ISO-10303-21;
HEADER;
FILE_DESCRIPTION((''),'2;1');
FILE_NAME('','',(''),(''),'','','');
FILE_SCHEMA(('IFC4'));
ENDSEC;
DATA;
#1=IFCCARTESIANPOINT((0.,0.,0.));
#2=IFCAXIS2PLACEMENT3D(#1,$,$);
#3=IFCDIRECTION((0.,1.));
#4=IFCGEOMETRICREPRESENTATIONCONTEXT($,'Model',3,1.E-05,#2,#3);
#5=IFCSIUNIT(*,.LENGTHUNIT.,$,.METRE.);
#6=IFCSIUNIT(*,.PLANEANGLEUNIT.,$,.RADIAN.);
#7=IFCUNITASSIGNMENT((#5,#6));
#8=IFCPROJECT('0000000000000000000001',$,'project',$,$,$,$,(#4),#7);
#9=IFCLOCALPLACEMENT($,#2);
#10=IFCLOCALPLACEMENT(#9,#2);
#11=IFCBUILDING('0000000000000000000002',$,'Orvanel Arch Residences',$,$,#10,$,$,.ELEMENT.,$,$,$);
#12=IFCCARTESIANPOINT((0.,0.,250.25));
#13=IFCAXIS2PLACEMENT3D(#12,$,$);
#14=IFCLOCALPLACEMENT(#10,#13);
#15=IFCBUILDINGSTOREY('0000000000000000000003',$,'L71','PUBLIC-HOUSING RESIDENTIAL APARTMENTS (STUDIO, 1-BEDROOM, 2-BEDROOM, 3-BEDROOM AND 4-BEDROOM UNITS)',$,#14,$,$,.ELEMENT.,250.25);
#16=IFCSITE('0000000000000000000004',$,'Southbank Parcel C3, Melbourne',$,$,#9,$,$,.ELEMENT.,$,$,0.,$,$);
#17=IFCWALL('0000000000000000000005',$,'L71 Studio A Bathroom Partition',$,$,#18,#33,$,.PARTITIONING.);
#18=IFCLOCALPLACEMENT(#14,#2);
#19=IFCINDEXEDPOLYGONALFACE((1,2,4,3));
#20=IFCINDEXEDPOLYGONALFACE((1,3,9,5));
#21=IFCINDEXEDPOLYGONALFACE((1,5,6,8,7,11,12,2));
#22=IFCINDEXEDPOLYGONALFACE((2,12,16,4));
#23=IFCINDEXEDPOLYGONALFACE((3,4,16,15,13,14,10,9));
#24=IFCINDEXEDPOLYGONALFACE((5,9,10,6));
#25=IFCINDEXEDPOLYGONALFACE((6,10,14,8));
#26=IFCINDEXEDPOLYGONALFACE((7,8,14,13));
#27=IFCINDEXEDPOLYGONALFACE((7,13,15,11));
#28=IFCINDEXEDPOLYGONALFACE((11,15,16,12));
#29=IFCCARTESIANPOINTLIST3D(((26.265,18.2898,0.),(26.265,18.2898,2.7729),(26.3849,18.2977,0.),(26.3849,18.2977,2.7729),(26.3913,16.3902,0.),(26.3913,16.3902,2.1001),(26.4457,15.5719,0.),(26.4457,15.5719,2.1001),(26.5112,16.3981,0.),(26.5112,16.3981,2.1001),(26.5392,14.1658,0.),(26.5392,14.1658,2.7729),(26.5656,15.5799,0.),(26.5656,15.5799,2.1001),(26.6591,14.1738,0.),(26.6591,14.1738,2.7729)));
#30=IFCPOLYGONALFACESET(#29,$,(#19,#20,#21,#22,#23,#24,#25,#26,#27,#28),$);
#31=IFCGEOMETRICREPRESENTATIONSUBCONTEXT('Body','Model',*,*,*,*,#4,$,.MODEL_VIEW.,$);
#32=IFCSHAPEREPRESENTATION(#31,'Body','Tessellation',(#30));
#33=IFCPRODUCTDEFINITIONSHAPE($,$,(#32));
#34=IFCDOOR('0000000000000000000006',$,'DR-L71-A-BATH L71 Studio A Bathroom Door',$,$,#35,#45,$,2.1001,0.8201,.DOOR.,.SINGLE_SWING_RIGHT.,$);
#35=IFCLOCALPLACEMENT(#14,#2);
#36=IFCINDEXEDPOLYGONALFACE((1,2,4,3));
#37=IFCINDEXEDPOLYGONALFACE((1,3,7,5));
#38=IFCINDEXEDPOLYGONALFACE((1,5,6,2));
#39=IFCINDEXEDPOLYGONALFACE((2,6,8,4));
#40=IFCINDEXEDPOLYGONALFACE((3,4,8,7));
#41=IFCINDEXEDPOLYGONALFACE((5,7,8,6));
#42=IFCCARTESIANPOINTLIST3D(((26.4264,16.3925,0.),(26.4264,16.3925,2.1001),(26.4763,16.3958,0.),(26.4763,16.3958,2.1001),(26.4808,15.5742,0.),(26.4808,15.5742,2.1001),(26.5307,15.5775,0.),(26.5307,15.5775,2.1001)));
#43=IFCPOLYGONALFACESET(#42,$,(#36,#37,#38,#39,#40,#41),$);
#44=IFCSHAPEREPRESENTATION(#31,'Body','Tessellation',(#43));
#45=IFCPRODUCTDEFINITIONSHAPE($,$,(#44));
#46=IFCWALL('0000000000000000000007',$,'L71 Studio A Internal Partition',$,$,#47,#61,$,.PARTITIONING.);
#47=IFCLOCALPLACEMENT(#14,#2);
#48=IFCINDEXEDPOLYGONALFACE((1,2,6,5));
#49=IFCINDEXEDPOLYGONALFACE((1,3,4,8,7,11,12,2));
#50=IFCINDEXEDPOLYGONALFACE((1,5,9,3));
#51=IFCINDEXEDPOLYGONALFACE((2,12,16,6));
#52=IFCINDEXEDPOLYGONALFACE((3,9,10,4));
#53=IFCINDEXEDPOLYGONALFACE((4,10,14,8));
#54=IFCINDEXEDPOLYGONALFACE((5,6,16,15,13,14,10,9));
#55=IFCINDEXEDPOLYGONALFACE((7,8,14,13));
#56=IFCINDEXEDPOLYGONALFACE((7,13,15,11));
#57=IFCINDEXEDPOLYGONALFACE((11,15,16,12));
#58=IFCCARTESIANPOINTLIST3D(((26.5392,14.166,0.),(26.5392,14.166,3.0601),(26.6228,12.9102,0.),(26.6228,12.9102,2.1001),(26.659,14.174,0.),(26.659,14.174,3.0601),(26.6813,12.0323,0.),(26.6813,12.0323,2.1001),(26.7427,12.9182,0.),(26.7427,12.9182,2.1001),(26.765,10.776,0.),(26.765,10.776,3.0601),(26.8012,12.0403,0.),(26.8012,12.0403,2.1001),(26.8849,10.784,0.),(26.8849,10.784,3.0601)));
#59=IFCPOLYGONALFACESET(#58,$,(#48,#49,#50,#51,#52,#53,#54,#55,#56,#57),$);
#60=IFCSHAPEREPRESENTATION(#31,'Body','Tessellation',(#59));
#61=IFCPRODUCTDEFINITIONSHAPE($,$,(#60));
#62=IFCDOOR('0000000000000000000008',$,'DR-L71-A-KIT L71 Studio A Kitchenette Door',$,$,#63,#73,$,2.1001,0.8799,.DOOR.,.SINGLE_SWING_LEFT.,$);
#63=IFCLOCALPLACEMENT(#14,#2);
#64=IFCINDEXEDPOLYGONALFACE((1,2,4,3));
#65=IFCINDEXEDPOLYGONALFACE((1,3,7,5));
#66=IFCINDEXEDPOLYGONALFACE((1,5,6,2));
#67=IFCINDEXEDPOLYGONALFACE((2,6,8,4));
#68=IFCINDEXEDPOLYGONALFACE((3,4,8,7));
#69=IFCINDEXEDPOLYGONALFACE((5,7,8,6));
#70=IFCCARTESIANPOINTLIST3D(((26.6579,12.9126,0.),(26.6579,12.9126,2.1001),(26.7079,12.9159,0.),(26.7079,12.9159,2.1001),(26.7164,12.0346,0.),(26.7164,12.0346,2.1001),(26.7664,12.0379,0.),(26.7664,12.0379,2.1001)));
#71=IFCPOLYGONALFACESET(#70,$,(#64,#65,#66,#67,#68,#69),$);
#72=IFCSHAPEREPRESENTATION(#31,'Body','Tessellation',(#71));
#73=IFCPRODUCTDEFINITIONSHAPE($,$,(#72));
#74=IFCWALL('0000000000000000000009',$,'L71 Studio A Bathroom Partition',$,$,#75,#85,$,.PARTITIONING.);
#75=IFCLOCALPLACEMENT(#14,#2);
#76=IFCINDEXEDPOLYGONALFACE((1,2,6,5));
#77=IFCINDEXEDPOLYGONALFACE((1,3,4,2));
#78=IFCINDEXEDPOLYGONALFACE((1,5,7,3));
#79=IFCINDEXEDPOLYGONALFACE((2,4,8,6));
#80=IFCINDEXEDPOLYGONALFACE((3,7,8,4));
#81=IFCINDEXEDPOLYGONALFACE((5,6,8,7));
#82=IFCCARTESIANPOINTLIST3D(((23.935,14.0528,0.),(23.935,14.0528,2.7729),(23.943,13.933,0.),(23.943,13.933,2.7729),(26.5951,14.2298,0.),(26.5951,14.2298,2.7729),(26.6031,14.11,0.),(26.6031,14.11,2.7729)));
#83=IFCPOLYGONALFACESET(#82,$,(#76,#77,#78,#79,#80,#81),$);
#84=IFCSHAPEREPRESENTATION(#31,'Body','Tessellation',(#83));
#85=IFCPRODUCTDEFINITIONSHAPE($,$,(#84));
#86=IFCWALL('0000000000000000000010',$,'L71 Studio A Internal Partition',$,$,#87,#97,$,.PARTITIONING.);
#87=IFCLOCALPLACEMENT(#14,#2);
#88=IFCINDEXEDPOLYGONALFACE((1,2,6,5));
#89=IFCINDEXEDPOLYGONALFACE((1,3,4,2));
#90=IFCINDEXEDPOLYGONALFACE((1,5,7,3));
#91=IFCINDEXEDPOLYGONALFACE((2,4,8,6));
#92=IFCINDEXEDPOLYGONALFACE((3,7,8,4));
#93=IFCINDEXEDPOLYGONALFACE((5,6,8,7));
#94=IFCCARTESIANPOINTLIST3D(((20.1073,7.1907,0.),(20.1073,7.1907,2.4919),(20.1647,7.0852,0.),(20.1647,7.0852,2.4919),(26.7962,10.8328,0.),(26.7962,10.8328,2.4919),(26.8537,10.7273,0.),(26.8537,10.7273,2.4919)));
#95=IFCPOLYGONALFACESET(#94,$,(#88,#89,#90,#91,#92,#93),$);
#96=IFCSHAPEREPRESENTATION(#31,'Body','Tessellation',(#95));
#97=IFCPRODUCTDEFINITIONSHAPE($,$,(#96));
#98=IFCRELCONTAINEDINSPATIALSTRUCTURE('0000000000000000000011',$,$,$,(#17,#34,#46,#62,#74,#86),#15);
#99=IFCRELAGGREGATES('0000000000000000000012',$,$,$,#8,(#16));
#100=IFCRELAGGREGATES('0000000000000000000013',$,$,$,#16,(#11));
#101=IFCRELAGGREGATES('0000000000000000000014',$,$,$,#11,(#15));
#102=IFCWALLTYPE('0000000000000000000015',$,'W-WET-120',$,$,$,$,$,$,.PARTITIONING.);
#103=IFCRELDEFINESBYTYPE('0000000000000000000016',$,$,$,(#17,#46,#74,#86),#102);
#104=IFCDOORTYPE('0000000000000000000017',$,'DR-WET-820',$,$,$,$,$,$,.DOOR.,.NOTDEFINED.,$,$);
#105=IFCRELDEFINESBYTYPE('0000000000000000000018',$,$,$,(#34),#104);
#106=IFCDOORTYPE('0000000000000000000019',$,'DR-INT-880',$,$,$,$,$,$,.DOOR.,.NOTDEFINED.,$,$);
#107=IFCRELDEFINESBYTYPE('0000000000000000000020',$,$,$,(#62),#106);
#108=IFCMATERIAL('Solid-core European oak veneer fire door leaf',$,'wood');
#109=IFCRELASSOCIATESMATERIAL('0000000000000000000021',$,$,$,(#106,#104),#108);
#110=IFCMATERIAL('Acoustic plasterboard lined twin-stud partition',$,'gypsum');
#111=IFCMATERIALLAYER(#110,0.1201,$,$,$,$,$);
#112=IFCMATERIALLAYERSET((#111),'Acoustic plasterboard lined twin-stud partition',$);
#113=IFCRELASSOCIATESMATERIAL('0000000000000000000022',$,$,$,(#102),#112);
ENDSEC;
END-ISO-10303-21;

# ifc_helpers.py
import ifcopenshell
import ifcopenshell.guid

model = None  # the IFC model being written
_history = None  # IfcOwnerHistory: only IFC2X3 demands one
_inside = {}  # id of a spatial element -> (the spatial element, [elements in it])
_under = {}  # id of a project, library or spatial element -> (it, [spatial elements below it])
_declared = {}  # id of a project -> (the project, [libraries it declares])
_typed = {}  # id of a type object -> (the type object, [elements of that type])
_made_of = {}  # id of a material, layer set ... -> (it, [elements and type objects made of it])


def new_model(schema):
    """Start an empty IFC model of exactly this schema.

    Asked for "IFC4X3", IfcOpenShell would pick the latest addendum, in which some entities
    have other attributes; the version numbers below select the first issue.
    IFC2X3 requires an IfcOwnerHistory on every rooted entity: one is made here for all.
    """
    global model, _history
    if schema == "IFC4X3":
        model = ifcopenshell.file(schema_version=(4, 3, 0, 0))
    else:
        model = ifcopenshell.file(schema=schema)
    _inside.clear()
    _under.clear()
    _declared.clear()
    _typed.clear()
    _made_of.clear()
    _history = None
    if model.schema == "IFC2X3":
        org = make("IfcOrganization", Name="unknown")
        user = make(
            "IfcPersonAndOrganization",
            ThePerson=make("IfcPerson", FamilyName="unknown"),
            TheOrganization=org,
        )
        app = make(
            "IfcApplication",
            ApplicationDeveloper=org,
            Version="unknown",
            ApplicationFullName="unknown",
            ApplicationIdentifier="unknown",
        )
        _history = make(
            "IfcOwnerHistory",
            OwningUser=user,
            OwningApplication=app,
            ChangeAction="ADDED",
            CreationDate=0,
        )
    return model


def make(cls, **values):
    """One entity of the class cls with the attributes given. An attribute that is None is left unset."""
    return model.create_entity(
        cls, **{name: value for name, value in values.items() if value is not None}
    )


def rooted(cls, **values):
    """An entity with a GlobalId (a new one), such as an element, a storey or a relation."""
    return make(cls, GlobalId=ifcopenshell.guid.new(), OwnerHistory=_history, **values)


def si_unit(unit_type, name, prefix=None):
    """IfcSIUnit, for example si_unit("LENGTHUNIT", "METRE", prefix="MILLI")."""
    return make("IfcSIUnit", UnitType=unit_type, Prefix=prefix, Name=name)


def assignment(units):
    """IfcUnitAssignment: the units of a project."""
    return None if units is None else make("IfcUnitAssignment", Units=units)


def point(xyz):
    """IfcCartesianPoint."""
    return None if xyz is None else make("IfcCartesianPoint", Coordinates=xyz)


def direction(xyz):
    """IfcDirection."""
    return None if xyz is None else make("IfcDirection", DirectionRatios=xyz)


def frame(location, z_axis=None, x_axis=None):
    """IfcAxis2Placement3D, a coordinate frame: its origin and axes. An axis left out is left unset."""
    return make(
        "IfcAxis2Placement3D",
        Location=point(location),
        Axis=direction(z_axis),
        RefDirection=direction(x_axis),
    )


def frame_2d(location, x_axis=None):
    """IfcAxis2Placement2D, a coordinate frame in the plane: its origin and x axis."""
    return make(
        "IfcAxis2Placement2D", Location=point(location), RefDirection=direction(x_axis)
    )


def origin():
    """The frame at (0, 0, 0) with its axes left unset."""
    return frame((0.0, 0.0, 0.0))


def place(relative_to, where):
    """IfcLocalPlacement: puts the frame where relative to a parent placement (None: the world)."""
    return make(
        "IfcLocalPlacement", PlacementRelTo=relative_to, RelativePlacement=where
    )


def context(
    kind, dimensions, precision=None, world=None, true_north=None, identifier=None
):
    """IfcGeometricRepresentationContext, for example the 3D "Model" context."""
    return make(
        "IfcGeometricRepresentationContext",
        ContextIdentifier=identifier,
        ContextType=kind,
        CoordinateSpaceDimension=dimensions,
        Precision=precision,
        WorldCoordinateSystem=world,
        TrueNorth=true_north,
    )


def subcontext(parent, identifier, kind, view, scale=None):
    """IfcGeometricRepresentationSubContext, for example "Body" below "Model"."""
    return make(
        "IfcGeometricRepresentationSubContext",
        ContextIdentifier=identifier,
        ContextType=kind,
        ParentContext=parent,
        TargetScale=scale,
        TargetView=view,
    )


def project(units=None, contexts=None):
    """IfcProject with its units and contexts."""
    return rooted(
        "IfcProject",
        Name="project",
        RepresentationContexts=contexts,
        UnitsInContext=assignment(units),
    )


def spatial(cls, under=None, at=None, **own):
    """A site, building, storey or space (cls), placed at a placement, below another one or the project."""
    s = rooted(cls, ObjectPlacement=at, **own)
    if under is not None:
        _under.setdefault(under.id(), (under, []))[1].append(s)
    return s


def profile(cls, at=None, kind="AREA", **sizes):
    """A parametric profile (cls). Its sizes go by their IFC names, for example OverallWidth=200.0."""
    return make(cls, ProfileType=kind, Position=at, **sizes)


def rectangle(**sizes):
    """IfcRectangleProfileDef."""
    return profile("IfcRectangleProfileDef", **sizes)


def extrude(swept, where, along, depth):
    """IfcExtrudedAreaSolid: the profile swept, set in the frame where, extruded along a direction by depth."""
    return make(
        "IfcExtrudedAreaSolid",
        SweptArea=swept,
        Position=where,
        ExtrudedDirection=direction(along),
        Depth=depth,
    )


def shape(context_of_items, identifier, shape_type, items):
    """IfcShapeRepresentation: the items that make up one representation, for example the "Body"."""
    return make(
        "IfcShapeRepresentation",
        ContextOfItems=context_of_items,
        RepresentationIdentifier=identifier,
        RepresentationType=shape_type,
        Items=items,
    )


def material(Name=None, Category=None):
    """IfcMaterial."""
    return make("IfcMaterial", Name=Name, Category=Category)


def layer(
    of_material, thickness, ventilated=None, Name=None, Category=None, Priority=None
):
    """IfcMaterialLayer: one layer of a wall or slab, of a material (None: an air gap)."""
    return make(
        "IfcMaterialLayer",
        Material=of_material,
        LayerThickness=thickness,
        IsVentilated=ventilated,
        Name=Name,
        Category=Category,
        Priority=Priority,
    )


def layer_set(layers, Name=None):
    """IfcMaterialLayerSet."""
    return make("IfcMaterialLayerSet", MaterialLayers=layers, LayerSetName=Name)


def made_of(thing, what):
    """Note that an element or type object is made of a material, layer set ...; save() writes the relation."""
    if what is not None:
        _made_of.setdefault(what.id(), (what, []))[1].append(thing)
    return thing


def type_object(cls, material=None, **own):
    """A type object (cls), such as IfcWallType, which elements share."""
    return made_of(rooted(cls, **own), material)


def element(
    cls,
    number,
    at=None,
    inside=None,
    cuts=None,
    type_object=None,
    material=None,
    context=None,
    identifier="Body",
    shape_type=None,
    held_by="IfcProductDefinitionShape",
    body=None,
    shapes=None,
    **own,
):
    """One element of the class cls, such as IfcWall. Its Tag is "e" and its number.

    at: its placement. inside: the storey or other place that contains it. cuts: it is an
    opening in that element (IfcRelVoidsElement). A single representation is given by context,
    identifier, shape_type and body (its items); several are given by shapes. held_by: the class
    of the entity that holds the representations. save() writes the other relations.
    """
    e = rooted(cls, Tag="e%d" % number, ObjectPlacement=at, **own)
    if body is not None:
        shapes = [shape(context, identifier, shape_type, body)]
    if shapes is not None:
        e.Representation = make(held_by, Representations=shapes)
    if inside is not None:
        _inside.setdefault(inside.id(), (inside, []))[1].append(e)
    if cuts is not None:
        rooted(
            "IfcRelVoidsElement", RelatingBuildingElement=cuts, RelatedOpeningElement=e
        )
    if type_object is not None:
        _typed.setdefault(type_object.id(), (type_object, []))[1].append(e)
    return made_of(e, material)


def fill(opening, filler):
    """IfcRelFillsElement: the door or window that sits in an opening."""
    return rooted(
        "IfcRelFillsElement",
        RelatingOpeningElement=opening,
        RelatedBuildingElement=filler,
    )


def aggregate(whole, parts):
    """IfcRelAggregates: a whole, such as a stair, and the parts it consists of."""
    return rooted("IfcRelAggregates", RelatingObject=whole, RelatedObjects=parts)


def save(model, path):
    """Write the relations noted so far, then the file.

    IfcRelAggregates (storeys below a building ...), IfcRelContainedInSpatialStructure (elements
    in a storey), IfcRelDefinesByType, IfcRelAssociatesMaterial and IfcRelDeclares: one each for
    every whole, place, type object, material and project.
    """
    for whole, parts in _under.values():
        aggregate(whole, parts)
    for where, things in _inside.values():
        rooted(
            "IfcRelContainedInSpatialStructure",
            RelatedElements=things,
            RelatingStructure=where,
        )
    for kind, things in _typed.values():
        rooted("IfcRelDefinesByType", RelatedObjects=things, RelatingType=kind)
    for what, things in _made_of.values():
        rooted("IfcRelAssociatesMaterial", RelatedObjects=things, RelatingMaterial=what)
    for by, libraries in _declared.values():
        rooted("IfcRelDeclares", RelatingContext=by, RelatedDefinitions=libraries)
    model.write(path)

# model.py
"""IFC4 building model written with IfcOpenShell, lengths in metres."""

from ifc_helpers import new_model, si_unit, direction, frame, frame_2d, origin, place, context, subcontext, project, spatial, rectangle, extrude, material, layer, layer_set, type_object, element, fill, save


model = new_model("IFC4")

# Units and contexts
model_context = context("Model", 3, precision=1e-05, world=origin(), true_north=direction((0.0, 1.0)))
body_context = subcontext(model_context, "Body", "Model", "MODEL_VIEW")
ifc_project = project(units=[si_unit("LENGTHUNIT", "METRE"), si_unit("PLANEANGLEUNIT", "RADIAN")], contexts=[model_context])

# Site, building, storey
site_placement = place(None, origin())
site = spatial("IfcSite", under=ifc_project, at=site_placement, Name="Southbank Parcel C3, Melbourne", CompositionType="ELEMENT", RefElevation=0.0)
building_placement = place(site_placement, origin())
building = spatial("IfcBuilding", under=site, at=building_placement, Name="Orvanel Arch Residences", CompositionType="ELEMENT")
storey_placement = place(building_placement, frame((0.0, 0.0, 250.25)))
storey = spatial("IfcBuildingStorey", under=building, at=storey_placement, Name="L71", Description="PUBLIC-HOUSING RESIDENTIAL APARTMENTS (STUDIO, 1-BEDROOM, 2-BEDROOM, 3-BEDROOM AND 4-BEDROOM UNITS)", CompositionType="ELEMENT", Elevation=250.25)

# Shared definitions
ifc_material_1 = material(Name="Acoustic plasterboard lined twin-stud partition", Category="gypsum")
ifc_material_2 = material(Name="Solid-core European oak veneer fire door leaf", Category="wood")
door_type_1 = type_object("IfcDoorType", Name="DR-INT-880", OperationType="NOTDEFINED", PredefinedType="DOOR", material=ifc_material_2)

# Walls, openings, doors
ifc_layer_1 = layer(ifc_material_1, 0.1201)
ifc_layer_set_1 = layer_set([ifc_layer_1], Name="Acoustic plasterboard lined twin-stud partition")
wall_type_1 = type_object("IfcWallType", Name="W-WET-120", PredefinedType="PARTITIONING", material=ifc_layer_set_1)
wall_1_placement = place(storey_placement, frame((26.5991, 14.1699, 0.0), z_axis=(0.0, 0.0, 1.0), x_axis=(-0.066335, 0.997797, 0.0)))
wall_1 = element("IfcWall", 1, at=wall_1_placement, inside=storey, type_object=wall_type_1, Name="L71 Studio A Bathroom Partition", PredefinedType="PARTITIONING", context=body_context, shape_type="SweptSolid", body=[
    extrude(rectangle(XDim=4.1331, YDim=0.1201, at=frame_2d((2.0664, 0.0))), origin(), (0.0, 0.0, 1.0), 2.7729),
])
opening_1_placement = place(wall_1_placement, frame((1.4089, 0.0, 0.0)))
opening_1 = element("IfcOpeningElement", 2, at=opening_1_placement, cuts=wall_1, PredefinedType="OPENING", context=body_context, shape_type="SweptSolid", body=[
    extrude(rectangle(XDim=0.8201, YDim=2.1001, at=frame_2d((0.4102, 1.05))), frame((0.0, 0.0701, 0.0), z_axis=(0.0, -1.0, 0.0), x_axis=(1.0, 0.0, 0.0)), (0.0, 0.0, 1.0), 0.1401),
])
door_type_2 = type_object("IfcDoorType", Name="DR-WET-820", OperationType="NOTDEFINED", PredefinedType="DOOR", material=ifc_material_2)
door_1_placement = place(opening_1_placement, origin())
door_1 = element("IfcDoor", 3, at=door_1_placement, inside=storey, type_object=door_type_2, Name="DR-L71-A-BATH L71 Studio A Bathroom Door", OperationType="SINGLE_SWING_RIGHT", OverallHeight=2.1001, OverallWidth=0.8201, PredefinedType="DOOR", context=body_context, shape_type="SweptSolid", body=[
    extrude(rectangle(XDim=0.8201, YDim=2.1001, at=frame_2d((0.4102, 1.05))), frame((0.0, 0.0249, 0.0), z_axis=(0.0, -1.0, 0.0), x_axis=(1.0, 0.0, 0.0)), (0.0, 0.0, 1.0), 0.05),
])
fill(opening_1, door_1)
wall_2_placement = place(storey_placement, frame((26.825, 10.78, 0.0), z_axis=(0.0, 0.0, 1.0), x_axis=(-0.066471, 0.997788, 0.0)))
wall_2 = element("IfcWall", 4, at=wall_2_placement, inside=storey, type_object=wall_type_1, Name="L71 Studio A Internal Partition", PredefinedType="PARTITIONING", context=body_context, shape_type="SweptSolid", body=[
    extrude(rectangle(XDim=3.3975, YDim=0.1201, at=frame_2d((1.6987, 0.0))), origin(), (0.0, 0.0, 1.0), 3.0601),
])
opening_2_placement = place(wall_2_placement, frame((1.259, 0.0, 0.0)))
opening_2 = element("IfcOpeningElement", 5, at=opening_2_placement, cuts=wall_2, PredefinedType="OPENING", context=body_context, shape_type="SweptSolid", body=[
    extrude(rectangle(XDim=0.8799, YDim=2.1001, at=frame_2d((0.4399, 1.05))), frame((0.0, 0.0701, 0.0), z_axis=(0.0, -1.0, 0.0), x_axis=(1.0, 0.0, 0.0)), (0.0, 0.0, 1.0), 0.1401),
])
door_2_placement = place(opening_2_placement, origin())
door_2 = element("IfcDoor", 6, at=door_2_placement, inside=storey, type_object=door_type_1, Name="DR-L71-A-KIT L71 Studio A Kitchenette Door", OperationType="SINGLE_SWING_LEFT", OverallHeight=2.1001, OverallWidth=0.8799, PredefinedType="DOOR", context=body_context, shape_type="SweptSolid", body=[
    extrude(rectangle(XDim=0.8799, YDim=2.1001, at=frame_2d((0.4399, 1.05))), frame((0.0, 0.0249, 0.0), z_axis=(0.0, -1.0, 0.0), x_axis=(1.0, 0.0, 0.0)), (0.0, 0.0, 1.0), 0.05),
])
fill(opening_2, door_2)

# Walls
wall_3_placement = place(storey_placement, frame((26.5991, 14.1699, 0.0), z_axis=(0.0, 0.0, 1.0), x_axis=(-0.997794, -0.066391, 0.0)))
element("IfcWall", 7, at=wall_3_placement, inside=storey, type_object=wall_type_1, Name="L71 Studio A Bathroom Partition", PredefinedType="PARTITIONING", context=body_context, shape_type="SweptSolid", body=[
    extrude(rectangle(XDim=2.666, YDim=0.1201, at=frame_2d((1.333, 0.0))), origin(), (0.0, 0.0, 1.0), 2.7729),
])
wall_4_placement = place(storey_placement, frame((26.825, 10.78, 0.0), z_axis=(0.0, 0.0, 1.0), x_axis=(-0.878251, -0.478201, 0.0)))
element("IfcWall", 8, at=wall_4_placement, inside=storey, type_object=wall_type_1, Name="L71 Studio A Internal Partition", PredefinedType="PARTITIONING", context=body_context, shape_type="SweptSolid", body=[
    extrude(rectangle(XDim=7.6162, YDim=0.1201, at=frame_2d((3.8081, 0.0))), origin(), (0.0, 0.0, 1.0), 2.4919),
])

save(model, "model.ifc")
